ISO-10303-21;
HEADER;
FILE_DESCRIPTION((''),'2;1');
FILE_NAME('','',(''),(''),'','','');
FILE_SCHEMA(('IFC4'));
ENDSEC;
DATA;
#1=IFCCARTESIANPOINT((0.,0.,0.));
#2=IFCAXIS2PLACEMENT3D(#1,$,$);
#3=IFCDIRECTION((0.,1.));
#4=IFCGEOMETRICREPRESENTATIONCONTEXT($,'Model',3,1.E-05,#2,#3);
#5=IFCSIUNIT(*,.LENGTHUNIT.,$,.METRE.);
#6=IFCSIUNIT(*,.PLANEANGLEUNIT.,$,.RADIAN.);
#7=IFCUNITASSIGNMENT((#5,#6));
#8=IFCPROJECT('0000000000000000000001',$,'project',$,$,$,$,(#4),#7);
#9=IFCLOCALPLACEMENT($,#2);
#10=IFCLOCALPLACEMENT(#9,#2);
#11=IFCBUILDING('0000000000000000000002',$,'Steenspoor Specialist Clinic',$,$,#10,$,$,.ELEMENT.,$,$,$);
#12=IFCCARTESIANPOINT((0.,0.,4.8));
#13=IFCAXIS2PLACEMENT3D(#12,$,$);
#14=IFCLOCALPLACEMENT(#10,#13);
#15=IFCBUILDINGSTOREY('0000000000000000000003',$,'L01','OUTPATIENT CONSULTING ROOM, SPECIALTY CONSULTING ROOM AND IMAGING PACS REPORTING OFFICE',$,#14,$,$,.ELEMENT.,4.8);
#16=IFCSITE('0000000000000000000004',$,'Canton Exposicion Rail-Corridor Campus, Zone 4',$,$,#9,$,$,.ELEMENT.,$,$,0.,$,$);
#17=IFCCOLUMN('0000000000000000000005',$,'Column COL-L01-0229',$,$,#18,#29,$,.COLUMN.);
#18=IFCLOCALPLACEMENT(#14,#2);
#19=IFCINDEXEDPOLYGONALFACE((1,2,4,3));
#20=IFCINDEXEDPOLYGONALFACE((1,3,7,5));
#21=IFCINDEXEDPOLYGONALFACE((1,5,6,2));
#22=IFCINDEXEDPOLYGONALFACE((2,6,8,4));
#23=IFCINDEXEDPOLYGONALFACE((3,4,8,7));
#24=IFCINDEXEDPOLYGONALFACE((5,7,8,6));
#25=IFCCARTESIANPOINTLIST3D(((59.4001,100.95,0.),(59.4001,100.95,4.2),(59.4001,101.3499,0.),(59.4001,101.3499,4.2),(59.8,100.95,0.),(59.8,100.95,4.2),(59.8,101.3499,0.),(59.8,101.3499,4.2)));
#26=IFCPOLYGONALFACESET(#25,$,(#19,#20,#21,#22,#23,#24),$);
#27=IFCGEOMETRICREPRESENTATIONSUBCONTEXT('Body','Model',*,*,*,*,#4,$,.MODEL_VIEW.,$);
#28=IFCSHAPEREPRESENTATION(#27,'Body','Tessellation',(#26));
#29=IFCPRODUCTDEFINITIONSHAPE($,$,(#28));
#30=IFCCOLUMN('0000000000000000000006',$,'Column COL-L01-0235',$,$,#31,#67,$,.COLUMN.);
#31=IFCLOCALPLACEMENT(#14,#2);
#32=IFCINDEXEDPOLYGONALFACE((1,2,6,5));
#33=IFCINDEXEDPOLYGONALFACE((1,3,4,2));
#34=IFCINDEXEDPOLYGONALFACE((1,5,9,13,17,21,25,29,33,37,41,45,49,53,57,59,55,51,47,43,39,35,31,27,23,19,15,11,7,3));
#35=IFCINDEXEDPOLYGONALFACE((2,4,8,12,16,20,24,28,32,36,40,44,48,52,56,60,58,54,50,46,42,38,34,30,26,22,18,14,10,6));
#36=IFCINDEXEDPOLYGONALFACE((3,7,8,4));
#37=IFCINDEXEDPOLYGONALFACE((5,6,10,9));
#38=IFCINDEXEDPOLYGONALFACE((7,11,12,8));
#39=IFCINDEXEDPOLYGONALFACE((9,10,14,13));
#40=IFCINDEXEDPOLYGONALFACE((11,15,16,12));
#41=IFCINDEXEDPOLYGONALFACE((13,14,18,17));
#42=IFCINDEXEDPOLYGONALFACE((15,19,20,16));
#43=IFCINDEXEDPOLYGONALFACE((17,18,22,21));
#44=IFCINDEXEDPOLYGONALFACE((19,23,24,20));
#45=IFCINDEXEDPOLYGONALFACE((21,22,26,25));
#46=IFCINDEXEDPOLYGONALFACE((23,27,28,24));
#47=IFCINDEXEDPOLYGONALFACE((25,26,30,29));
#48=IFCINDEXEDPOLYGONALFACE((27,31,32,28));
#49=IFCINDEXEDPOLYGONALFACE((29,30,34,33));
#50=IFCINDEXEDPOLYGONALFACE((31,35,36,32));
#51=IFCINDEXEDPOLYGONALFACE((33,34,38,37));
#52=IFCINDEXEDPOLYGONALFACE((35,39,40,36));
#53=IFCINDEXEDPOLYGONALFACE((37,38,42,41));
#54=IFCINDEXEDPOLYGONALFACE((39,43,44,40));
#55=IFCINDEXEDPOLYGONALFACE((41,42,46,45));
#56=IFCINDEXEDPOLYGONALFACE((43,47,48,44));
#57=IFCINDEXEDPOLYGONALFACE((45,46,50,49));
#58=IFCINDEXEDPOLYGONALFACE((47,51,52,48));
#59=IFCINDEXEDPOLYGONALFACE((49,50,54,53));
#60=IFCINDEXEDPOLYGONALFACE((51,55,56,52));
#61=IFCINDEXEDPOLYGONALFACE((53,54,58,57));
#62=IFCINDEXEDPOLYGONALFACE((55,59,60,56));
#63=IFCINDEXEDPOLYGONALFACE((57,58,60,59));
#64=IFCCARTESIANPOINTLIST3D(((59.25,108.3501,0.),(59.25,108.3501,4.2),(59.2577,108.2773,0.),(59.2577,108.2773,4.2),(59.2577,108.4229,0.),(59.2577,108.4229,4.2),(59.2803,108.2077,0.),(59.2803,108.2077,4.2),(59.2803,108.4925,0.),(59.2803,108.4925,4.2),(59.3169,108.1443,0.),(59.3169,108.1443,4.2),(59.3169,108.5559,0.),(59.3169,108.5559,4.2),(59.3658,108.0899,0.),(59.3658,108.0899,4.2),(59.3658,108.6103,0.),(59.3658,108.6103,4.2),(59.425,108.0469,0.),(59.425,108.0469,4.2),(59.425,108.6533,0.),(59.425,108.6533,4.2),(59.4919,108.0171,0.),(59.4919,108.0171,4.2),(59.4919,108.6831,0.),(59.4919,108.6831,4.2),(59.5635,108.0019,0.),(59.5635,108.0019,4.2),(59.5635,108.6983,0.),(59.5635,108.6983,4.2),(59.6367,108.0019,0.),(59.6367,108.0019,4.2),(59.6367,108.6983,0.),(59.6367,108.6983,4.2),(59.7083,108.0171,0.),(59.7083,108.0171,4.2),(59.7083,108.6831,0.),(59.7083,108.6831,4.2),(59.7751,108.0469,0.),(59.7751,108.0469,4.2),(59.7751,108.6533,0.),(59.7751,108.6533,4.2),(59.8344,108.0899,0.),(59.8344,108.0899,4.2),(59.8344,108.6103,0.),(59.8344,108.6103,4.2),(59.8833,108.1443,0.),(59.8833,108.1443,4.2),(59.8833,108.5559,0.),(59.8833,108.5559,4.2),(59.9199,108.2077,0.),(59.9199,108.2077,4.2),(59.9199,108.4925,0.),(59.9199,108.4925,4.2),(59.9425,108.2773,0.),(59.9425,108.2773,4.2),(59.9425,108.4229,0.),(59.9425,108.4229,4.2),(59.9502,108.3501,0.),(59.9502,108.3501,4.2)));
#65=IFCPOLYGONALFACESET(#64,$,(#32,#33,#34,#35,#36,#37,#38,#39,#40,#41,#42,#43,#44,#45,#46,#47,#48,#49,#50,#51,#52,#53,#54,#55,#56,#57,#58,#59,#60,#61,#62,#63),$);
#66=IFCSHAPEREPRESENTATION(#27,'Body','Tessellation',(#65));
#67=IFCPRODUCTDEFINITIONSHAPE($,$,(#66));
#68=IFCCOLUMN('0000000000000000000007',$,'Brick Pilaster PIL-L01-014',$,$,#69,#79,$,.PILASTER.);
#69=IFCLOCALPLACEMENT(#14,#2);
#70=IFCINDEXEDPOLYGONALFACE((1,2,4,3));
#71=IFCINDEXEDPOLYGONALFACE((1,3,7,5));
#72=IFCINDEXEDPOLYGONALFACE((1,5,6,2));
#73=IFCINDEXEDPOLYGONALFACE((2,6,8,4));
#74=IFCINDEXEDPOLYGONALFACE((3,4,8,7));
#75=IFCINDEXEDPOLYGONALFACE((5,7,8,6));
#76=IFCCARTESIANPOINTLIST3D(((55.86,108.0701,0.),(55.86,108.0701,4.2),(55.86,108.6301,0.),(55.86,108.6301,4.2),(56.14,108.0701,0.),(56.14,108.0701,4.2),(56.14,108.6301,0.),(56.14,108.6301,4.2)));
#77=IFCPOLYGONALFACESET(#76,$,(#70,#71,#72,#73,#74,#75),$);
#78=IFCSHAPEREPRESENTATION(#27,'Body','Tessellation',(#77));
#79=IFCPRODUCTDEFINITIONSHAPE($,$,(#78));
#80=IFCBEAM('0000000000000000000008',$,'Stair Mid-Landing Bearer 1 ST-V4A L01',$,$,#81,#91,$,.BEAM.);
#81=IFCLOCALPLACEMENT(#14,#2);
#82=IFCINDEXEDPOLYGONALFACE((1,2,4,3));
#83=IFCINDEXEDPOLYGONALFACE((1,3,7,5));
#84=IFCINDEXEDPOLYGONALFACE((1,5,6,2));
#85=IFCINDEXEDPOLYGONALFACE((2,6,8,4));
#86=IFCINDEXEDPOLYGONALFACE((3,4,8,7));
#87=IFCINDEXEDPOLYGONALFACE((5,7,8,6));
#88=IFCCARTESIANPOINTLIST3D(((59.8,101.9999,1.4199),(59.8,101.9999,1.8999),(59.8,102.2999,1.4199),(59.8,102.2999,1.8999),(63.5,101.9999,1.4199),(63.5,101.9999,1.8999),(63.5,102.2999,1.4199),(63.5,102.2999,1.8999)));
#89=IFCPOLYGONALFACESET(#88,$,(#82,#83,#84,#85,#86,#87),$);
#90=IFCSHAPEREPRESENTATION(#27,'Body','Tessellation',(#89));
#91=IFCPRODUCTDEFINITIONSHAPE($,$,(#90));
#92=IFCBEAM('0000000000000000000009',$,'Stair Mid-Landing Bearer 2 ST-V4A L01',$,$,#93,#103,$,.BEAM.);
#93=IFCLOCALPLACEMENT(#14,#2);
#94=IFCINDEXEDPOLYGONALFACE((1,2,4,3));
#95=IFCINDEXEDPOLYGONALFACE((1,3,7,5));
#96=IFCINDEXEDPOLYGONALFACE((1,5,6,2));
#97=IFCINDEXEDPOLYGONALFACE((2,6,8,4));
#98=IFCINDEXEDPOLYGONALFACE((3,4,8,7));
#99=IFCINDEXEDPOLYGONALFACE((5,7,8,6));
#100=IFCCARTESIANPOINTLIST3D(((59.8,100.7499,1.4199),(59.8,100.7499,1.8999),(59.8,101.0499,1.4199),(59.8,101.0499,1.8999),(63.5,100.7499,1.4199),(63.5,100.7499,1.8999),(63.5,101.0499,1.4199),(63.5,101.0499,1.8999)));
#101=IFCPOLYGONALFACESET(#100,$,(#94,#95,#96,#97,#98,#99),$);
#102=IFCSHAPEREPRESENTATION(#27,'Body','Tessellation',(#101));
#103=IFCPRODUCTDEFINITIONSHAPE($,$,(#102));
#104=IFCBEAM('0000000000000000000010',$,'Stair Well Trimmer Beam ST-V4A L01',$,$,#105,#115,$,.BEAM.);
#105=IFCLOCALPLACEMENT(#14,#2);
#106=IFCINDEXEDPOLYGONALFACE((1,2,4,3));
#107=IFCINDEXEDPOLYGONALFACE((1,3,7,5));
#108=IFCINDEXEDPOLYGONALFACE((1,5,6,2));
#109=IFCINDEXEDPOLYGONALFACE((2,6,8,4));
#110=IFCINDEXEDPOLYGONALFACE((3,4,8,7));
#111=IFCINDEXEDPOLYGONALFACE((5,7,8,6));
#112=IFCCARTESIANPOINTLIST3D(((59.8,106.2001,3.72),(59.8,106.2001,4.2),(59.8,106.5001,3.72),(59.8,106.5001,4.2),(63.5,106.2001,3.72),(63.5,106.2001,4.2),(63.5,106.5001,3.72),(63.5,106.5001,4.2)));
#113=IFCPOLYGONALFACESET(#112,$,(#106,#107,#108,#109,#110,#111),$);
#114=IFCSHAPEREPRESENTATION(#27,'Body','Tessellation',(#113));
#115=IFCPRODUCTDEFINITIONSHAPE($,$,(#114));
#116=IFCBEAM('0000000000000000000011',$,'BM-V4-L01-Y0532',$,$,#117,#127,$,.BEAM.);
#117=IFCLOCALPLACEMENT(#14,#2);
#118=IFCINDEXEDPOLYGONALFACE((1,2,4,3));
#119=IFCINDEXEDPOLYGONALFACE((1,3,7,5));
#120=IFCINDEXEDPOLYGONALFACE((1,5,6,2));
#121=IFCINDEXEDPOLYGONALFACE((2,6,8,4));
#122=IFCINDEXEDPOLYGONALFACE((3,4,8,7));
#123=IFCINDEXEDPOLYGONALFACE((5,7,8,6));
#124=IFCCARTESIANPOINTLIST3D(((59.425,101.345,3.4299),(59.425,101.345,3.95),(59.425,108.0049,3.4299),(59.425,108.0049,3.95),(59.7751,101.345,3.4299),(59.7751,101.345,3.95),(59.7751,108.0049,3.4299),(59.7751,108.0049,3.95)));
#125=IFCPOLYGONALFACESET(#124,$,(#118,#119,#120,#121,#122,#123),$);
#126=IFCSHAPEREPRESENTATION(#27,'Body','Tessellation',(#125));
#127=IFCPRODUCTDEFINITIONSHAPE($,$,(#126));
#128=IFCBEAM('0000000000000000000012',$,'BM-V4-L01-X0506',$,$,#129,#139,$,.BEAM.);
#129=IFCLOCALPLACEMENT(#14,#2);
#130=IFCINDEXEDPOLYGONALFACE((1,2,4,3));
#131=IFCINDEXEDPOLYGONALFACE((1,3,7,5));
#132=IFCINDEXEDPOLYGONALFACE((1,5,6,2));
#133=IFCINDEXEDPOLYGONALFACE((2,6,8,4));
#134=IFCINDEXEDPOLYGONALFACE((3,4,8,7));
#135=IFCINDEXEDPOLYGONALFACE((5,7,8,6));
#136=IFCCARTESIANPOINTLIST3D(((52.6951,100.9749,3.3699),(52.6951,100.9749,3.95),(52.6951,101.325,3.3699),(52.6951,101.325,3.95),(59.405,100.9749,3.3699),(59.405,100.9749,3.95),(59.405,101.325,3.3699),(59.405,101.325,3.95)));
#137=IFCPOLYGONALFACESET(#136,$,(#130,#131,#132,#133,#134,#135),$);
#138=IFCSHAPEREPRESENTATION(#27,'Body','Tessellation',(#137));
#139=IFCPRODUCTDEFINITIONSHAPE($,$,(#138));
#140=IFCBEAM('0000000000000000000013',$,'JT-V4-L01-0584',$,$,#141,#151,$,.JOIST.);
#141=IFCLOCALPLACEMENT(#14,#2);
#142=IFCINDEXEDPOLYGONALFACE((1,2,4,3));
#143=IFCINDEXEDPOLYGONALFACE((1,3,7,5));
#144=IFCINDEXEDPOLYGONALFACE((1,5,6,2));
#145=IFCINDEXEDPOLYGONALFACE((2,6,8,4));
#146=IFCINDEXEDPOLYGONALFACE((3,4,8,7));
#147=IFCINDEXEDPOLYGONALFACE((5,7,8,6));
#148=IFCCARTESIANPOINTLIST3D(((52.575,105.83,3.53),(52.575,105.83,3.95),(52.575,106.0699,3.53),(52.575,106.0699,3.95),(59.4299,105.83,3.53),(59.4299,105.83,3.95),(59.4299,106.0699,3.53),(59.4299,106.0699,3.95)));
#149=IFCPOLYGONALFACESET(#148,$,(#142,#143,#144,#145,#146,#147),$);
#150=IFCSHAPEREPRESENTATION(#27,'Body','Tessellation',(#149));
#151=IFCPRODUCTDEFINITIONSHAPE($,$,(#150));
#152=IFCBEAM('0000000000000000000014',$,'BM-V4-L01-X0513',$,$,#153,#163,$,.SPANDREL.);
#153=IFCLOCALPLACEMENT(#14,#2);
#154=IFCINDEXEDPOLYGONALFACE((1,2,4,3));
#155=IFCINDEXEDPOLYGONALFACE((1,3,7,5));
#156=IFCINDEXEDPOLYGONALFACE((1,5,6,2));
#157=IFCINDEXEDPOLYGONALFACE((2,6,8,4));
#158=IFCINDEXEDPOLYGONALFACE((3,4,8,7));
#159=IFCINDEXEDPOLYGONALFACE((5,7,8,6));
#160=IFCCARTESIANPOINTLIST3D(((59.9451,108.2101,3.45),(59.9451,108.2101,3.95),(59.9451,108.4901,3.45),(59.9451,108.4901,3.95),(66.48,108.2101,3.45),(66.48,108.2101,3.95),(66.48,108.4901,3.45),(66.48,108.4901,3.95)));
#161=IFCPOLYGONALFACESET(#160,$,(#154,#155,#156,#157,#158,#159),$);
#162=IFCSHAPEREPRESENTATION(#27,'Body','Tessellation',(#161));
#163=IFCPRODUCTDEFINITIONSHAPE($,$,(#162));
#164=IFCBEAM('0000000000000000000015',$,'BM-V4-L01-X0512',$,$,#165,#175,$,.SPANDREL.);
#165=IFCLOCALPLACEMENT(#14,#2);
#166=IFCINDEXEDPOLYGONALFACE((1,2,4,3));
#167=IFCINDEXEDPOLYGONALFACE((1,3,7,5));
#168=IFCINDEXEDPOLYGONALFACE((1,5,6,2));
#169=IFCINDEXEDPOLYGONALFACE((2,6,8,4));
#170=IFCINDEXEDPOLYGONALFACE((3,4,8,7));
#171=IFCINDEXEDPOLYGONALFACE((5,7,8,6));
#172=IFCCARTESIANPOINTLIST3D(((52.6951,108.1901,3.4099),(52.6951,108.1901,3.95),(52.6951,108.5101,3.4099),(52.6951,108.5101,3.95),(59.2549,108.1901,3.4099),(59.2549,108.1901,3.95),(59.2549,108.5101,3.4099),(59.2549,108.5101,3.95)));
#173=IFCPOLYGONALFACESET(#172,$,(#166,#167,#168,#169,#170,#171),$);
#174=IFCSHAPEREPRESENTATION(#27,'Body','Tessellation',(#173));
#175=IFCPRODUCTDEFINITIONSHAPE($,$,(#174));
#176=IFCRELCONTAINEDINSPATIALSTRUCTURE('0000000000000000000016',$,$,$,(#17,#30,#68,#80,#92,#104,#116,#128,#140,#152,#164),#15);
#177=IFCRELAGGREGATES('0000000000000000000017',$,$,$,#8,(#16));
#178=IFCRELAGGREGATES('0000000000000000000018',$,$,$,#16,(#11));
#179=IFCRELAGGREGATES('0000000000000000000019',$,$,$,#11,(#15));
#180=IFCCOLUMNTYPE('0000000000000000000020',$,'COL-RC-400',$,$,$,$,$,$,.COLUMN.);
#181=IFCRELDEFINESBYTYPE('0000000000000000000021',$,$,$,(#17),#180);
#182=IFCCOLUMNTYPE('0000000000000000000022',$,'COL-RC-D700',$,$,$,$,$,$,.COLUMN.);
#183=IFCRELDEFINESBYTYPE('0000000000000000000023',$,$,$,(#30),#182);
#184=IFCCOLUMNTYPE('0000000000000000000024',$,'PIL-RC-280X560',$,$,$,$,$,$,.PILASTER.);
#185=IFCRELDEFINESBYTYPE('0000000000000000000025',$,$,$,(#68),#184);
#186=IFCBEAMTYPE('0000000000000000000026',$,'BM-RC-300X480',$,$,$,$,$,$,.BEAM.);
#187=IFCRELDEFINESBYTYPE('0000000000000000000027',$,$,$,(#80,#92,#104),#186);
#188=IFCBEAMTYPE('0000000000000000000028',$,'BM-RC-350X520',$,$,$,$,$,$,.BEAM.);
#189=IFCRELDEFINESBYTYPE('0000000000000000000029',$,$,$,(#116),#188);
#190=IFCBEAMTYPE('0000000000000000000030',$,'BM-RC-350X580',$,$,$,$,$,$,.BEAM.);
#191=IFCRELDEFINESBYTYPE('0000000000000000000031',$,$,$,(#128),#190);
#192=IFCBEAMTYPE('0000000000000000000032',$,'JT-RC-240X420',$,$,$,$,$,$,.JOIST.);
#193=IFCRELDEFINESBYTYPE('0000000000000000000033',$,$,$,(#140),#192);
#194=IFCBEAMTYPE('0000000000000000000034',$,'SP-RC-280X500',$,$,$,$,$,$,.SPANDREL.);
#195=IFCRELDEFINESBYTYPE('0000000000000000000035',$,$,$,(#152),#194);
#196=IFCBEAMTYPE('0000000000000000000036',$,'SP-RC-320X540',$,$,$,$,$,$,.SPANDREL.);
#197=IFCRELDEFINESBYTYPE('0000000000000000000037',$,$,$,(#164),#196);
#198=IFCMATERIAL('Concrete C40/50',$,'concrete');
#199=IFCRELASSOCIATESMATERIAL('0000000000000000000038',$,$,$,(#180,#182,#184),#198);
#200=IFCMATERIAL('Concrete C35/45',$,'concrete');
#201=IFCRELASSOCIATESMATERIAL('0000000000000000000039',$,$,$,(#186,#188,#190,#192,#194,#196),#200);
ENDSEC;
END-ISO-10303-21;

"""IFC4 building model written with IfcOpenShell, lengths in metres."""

from ifc_helpers import new_model, si_unit, direction, frame, origin, origin_2d, place, context, subcontext, project, spatial, rectangle, circle, extrude, material, material_profile, profile_set, type_object, element, save


model = new_model("IFC4")

# Units and contexts
model_context = context("Model", 3, precision=1e-05, world=origin(), true_north=direction((0.0, 1.0)))
body_context = subcontext(model_context, "Body", "Model", "MODEL_VIEW")
ifc_project = project(units=[si_unit("LENGTHUNIT", "METRE"), si_unit("PLANEANGLEUNIT", "RADIAN")], contexts=[model_context])

# Site, building, storey
site_placement = place(None, origin())
site = spatial("IfcSite", under=ifc_project, at=site_placement, Name="Canton Exposicion Rail-Corridor Campus, Zone 4", CompositionType="ELEMENT", RefElevation=0.0)
building_placement = place(site_placement, origin())
building = spatial("IfcBuilding", under=site, at=building_placement, Name="Steenspoor Specialist Clinic", CompositionType="ELEMENT")
storey_placement = place(building_placement, frame((0.0, 0.0, 4.8)))
storey = spatial("IfcBuildingStorey", under=building, at=storey_placement, Name="L01", Description="OUTPATIENT CONSULTING ROOM, SPECIALTY CONSULTING ROOM AND IMAGING PACS REPORTING OFFICE", CompositionType="ELEMENT", Elevation=4.8)

# Columns
ifc_material_1 = material(Name="Concrete C40/50", Category="concrete")
ifc_material_profile_1 = material_profile(ifc_material_1, rectangle(XDim=0.3999, YDim=0.3999, at=origin_2d()), Name="RC-COL-400X400")
ifc_profile_set_1 = profile_set([ifc_material_profile_1], Name="Concrete C40/50")
column_type_1 = type_object("IfcColumnType", Name="COL-RC-400", PredefinedType="COLUMN", material=ifc_profile_set_1)
column_1_placement = place(storey_placement, frame((59.6001, 101.1499, 0.0), z_axis=(0.0, 0.0, 1.0), x_axis=(1.0, 0.0, 0.0)))
element("IfcColumn", 1, at=column_1_placement, inside=storey, type_object=column_type_1, Name="Column COL-L01-0229", PredefinedType="COLUMN", context=body_context, shape_type="SweptSolid", body=[
    extrude(rectangle(XDim=0.3999, YDim=0.3999, at=origin_2d()), origin(), (0.0, 0.0, 1.0), 4.2),
])
ifc_material_profile_2 = material_profile(ifc_material_1, circle(Radius=0.3501, at=origin_2d()), Name="RC-COL-D700")
ifc_profile_set_2 = profile_set([ifc_material_profile_2], Name="Concrete C40/50")
column_type_2 = type_object("IfcColumnType", Name="COL-RC-D700", PredefinedType="COLUMN", material=ifc_profile_set_2)
column_2_placement = place(storey_placement, frame((59.6001, 108.3501, 0.0), z_axis=(0.0, 0.0, 1.0), x_axis=(1.0, 0.0, 0.0)))
element("IfcColumn", 2, at=column_2_placement, inside=storey, type_object=column_type_2, Name="Column COL-L01-0235", PredefinedType="COLUMN", context=body_context, shape_type="SweptSolid", body=[
    extrude(circle(Radius=0.3501, at=origin_2d()), origin(), (0.0, 0.0, 1.0), 4.2),
])
ifc_material_profile_3 = material_profile(ifc_material_1, rectangle(XDim=0.28, YDim=0.5601, at=origin_2d()), Name="RC-PIL-280X560")
ifc_profile_set_3 = profile_set([ifc_material_profile_3], Name="Concrete C40/50")
column_type_3 = type_object("IfcColumnType", Name="PIL-RC-280X560", PredefinedType="PILASTER", material=ifc_profile_set_3)
column_3_placement = place(storey_placement, frame((56.0, 108.3501, 0.0), z_axis=(0.0, 0.0, 1.0), x_axis=(1.0, 0.0, 0.0)))
element("IfcColumn", 3, at=column_3_placement, inside=storey, type_object=column_type_3, Name="Brick Pilaster PIL-L01-014", PredefinedType="PILASTER", context=body_context, shape_type="SweptSolid", body=[
    extrude(rectangle(XDim=0.28, YDim=0.5601, at=origin_2d()), origin(), (0.0, 0.0, 1.0), 4.2),
])

# Beams
ifc_material_2 = material(Name="Concrete C35/45", Category="concrete")
ifc_material_profile_4 = material_profile(ifc_material_2, rectangle(XDim=0.3, YDim=0.48, at=origin_2d()), Name="RC-BM-300X480")
ifc_profile_set_4 = profile_set([ifc_material_profile_4], Name="Concrete C35/45")
beam_type_1 = type_object("IfcBeamType", Name="BM-RC-300X480", PredefinedType="BEAM", material=ifc_profile_set_4)
for number, where, z_axis, x_axis, name in (
    (4, (59.8, 102.1499, 1.6599), (1.0, 0.0, 0.0), (0.0, 1.0, 0.0), "Stair Mid-Landing Bearer 1 ST-V4A L01"),
    (5, (59.8, 100.8999, 1.6599), (1.0, 0.0, 0.0), (0.0, 1.0, 0.0), "Stair Mid-Landing Bearer 2 ST-V4A L01"),
    (6, (59.8, 106.3501, 3.96), (1.0, 0.0, 0.0), (0.0, 1.0, 0.0), "Stair Well Trimmer Beam ST-V4A L01"),
):
    element("IfcBeam", number, at=place(storey_placement, frame(where, z_axis=z_axis, x_axis=x_axis)), inside=storey, type_object=beam_type_1, Name=name, PredefinedType="BEAM", context=body_context, shape_type="SweptSolid", body=[
        extrude(rectangle(XDim=0.3, YDim=0.48, at=origin_2d()), origin(), (0.0, 0.0, 1.0), 3.7),
    ])
ifc_material_profile_5 = material_profile(ifc_material_2, rectangle(XDim=0.3501, YDim=0.52, at=origin_2d()), Name="RC-BM-350X520")
ifc_profile_set_5 = profile_set([ifc_material_profile_5], Name="Concrete C35/45")
beam_type_2 = type_object("IfcBeamType", Name="BM-RC-350X520", PredefinedType="BEAM", material=ifc_profile_set_5)
beam_1_placement = place(storey_placement, frame((59.6001, 101.345, 3.6899), z_axis=(0.0, 1.0, 0.0), x_axis=(-1.0, 0.0, 0.0)))
element("IfcBeam", 7, at=beam_1_placement, inside=storey, type_object=beam_type_2, Name="BM-V4-L01-Y0532", PredefinedType="BEAM", context=body_context, shape_type="SweptSolid", body=[
    extrude(rectangle(XDim=0.3501, YDim=0.52, at=origin_2d()), origin(), (0.0, 0.0, 1.0), 6.6599),
])
ifc_material_profile_6 = material_profile(ifc_material_2, rectangle(XDim=0.3501, YDim=0.5801, at=origin_2d()), Name="RC-BM-350X580")
ifc_profile_set_6 = profile_set([ifc_material_profile_6], Name="Concrete C35/45")
beam_type_3 = type_object("IfcBeamType", Name="BM-RC-350X580", PredefinedType="BEAM", material=ifc_profile_set_6)
beam_2_placement = place(storey_placement, frame((52.6951, 101.1499, 3.6599), z_axis=(1.0, 0.0, 0.0), x_axis=(0.0, 1.0, 0.0)))
element("IfcBeam", 8, at=beam_2_placement, inside=storey, type_object=beam_type_3, Name="BM-V4-L01-X0506", PredefinedType="BEAM", context=body_context, shape_type="SweptSolid", body=[
    extrude(rectangle(XDim=0.3501, YDim=0.5801, at=origin_2d()), origin(), (0.0, 0.0, 1.0), 6.71),
])
ifc_material_profile_7 = material_profile(ifc_material_2, rectangle(XDim=0.24, YDim=0.4199, at=origin_2d()), Name="RC-JT-240X420")
ifc_profile_set_7 = profile_set([ifc_material_profile_7], Name="Concrete C35/45")
beam_type_4 = type_object("IfcBeamType", Name="JT-RC-240X420", PredefinedType="JOIST", material=ifc_profile_set_7)
beam_3_placement = place(storey_placement, frame((52.575, 105.95, 3.74), z_axis=(1.0, 0.0, 0.0), x_axis=(0.0, 1.0, 0.0)))
element("IfcBeam", 9, at=beam_3_placement, inside=storey, type_object=beam_type_4, Name="JT-V4-L01-0584", PredefinedType="JOIST", context=body_context, shape_type="SweptSolid", body=[
    extrude(rectangle(XDim=0.24, YDim=0.4199, at=origin_2d()), origin(), (0.0, 0.0, 1.0), 6.855),
])
ifc_material_profile_8 = material_profile(ifc_material_2, rectangle(XDim=0.28, YDim=0.5, at=origin_2d()), Name="RC-SP-280X500")
ifc_profile_set_8 = profile_set([ifc_material_profile_8], Name="Concrete C35/45")
beam_type_5 = type_object("IfcBeamType", Name="SP-RC-280X500", PredefinedType="SPANDREL", material=ifc_profile_set_8)
beam_4_placement = place(storey_placement, frame((59.9451, 108.3501, 3.7), z_axis=(1.0, 0.0, 0.0), x_axis=(0.0, 1.0, 0.0)))
element("IfcBeam", 10, at=beam_4_placement, inside=storey, type_object=beam_type_5, Name="BM-V4-L01-X0513", PredefinedType="SPANDREL", context=body_context, shape_type="SweptSolid", body=[
    extrude(rectangle(XDim=0.28, YDim=0.5, at=origin_2d()), origin(), (0.0, 0.0, 1.0), 6.5349),
])
ifc_material_profile_9 = material_profile(ifc_material_2, rectangle(XDim=0.3201, YDim=0.54, at=origin_2d()), Name="RC-SP-320X540")
ifc_profile_set_9 = profile_set([ifc_material_profile_9], Name="Concrete C35/45")
beam_type_6 = type_object("IfcBeamType", Name="SP-RC-320X540", PredefinedType="SPANDREL", material=ifc_profile_set_9)
beam_5_placement = place(storey_placement, frame((52.6951, 108.3501, 3.6799), z_axis=(1.0, 0.0, 0.0), x_axis=(0.0, 1.0, 0.0)))
element("IfcBeam", 11, at=beam_5_placement, inside=storey, type_object=beam_type_6, Name="BM-V4-L01-X0512", PredefinedType="SPANDREL", context=body_context, shape_type="SweptSolid", body=[
    extrude(rectangle(XDim=0.3201, YDim=0.54, at=origin_2d()), origin(), (0.0, 0.0, 1.0), 6.5598),
])

save(model, "model.ifc")
